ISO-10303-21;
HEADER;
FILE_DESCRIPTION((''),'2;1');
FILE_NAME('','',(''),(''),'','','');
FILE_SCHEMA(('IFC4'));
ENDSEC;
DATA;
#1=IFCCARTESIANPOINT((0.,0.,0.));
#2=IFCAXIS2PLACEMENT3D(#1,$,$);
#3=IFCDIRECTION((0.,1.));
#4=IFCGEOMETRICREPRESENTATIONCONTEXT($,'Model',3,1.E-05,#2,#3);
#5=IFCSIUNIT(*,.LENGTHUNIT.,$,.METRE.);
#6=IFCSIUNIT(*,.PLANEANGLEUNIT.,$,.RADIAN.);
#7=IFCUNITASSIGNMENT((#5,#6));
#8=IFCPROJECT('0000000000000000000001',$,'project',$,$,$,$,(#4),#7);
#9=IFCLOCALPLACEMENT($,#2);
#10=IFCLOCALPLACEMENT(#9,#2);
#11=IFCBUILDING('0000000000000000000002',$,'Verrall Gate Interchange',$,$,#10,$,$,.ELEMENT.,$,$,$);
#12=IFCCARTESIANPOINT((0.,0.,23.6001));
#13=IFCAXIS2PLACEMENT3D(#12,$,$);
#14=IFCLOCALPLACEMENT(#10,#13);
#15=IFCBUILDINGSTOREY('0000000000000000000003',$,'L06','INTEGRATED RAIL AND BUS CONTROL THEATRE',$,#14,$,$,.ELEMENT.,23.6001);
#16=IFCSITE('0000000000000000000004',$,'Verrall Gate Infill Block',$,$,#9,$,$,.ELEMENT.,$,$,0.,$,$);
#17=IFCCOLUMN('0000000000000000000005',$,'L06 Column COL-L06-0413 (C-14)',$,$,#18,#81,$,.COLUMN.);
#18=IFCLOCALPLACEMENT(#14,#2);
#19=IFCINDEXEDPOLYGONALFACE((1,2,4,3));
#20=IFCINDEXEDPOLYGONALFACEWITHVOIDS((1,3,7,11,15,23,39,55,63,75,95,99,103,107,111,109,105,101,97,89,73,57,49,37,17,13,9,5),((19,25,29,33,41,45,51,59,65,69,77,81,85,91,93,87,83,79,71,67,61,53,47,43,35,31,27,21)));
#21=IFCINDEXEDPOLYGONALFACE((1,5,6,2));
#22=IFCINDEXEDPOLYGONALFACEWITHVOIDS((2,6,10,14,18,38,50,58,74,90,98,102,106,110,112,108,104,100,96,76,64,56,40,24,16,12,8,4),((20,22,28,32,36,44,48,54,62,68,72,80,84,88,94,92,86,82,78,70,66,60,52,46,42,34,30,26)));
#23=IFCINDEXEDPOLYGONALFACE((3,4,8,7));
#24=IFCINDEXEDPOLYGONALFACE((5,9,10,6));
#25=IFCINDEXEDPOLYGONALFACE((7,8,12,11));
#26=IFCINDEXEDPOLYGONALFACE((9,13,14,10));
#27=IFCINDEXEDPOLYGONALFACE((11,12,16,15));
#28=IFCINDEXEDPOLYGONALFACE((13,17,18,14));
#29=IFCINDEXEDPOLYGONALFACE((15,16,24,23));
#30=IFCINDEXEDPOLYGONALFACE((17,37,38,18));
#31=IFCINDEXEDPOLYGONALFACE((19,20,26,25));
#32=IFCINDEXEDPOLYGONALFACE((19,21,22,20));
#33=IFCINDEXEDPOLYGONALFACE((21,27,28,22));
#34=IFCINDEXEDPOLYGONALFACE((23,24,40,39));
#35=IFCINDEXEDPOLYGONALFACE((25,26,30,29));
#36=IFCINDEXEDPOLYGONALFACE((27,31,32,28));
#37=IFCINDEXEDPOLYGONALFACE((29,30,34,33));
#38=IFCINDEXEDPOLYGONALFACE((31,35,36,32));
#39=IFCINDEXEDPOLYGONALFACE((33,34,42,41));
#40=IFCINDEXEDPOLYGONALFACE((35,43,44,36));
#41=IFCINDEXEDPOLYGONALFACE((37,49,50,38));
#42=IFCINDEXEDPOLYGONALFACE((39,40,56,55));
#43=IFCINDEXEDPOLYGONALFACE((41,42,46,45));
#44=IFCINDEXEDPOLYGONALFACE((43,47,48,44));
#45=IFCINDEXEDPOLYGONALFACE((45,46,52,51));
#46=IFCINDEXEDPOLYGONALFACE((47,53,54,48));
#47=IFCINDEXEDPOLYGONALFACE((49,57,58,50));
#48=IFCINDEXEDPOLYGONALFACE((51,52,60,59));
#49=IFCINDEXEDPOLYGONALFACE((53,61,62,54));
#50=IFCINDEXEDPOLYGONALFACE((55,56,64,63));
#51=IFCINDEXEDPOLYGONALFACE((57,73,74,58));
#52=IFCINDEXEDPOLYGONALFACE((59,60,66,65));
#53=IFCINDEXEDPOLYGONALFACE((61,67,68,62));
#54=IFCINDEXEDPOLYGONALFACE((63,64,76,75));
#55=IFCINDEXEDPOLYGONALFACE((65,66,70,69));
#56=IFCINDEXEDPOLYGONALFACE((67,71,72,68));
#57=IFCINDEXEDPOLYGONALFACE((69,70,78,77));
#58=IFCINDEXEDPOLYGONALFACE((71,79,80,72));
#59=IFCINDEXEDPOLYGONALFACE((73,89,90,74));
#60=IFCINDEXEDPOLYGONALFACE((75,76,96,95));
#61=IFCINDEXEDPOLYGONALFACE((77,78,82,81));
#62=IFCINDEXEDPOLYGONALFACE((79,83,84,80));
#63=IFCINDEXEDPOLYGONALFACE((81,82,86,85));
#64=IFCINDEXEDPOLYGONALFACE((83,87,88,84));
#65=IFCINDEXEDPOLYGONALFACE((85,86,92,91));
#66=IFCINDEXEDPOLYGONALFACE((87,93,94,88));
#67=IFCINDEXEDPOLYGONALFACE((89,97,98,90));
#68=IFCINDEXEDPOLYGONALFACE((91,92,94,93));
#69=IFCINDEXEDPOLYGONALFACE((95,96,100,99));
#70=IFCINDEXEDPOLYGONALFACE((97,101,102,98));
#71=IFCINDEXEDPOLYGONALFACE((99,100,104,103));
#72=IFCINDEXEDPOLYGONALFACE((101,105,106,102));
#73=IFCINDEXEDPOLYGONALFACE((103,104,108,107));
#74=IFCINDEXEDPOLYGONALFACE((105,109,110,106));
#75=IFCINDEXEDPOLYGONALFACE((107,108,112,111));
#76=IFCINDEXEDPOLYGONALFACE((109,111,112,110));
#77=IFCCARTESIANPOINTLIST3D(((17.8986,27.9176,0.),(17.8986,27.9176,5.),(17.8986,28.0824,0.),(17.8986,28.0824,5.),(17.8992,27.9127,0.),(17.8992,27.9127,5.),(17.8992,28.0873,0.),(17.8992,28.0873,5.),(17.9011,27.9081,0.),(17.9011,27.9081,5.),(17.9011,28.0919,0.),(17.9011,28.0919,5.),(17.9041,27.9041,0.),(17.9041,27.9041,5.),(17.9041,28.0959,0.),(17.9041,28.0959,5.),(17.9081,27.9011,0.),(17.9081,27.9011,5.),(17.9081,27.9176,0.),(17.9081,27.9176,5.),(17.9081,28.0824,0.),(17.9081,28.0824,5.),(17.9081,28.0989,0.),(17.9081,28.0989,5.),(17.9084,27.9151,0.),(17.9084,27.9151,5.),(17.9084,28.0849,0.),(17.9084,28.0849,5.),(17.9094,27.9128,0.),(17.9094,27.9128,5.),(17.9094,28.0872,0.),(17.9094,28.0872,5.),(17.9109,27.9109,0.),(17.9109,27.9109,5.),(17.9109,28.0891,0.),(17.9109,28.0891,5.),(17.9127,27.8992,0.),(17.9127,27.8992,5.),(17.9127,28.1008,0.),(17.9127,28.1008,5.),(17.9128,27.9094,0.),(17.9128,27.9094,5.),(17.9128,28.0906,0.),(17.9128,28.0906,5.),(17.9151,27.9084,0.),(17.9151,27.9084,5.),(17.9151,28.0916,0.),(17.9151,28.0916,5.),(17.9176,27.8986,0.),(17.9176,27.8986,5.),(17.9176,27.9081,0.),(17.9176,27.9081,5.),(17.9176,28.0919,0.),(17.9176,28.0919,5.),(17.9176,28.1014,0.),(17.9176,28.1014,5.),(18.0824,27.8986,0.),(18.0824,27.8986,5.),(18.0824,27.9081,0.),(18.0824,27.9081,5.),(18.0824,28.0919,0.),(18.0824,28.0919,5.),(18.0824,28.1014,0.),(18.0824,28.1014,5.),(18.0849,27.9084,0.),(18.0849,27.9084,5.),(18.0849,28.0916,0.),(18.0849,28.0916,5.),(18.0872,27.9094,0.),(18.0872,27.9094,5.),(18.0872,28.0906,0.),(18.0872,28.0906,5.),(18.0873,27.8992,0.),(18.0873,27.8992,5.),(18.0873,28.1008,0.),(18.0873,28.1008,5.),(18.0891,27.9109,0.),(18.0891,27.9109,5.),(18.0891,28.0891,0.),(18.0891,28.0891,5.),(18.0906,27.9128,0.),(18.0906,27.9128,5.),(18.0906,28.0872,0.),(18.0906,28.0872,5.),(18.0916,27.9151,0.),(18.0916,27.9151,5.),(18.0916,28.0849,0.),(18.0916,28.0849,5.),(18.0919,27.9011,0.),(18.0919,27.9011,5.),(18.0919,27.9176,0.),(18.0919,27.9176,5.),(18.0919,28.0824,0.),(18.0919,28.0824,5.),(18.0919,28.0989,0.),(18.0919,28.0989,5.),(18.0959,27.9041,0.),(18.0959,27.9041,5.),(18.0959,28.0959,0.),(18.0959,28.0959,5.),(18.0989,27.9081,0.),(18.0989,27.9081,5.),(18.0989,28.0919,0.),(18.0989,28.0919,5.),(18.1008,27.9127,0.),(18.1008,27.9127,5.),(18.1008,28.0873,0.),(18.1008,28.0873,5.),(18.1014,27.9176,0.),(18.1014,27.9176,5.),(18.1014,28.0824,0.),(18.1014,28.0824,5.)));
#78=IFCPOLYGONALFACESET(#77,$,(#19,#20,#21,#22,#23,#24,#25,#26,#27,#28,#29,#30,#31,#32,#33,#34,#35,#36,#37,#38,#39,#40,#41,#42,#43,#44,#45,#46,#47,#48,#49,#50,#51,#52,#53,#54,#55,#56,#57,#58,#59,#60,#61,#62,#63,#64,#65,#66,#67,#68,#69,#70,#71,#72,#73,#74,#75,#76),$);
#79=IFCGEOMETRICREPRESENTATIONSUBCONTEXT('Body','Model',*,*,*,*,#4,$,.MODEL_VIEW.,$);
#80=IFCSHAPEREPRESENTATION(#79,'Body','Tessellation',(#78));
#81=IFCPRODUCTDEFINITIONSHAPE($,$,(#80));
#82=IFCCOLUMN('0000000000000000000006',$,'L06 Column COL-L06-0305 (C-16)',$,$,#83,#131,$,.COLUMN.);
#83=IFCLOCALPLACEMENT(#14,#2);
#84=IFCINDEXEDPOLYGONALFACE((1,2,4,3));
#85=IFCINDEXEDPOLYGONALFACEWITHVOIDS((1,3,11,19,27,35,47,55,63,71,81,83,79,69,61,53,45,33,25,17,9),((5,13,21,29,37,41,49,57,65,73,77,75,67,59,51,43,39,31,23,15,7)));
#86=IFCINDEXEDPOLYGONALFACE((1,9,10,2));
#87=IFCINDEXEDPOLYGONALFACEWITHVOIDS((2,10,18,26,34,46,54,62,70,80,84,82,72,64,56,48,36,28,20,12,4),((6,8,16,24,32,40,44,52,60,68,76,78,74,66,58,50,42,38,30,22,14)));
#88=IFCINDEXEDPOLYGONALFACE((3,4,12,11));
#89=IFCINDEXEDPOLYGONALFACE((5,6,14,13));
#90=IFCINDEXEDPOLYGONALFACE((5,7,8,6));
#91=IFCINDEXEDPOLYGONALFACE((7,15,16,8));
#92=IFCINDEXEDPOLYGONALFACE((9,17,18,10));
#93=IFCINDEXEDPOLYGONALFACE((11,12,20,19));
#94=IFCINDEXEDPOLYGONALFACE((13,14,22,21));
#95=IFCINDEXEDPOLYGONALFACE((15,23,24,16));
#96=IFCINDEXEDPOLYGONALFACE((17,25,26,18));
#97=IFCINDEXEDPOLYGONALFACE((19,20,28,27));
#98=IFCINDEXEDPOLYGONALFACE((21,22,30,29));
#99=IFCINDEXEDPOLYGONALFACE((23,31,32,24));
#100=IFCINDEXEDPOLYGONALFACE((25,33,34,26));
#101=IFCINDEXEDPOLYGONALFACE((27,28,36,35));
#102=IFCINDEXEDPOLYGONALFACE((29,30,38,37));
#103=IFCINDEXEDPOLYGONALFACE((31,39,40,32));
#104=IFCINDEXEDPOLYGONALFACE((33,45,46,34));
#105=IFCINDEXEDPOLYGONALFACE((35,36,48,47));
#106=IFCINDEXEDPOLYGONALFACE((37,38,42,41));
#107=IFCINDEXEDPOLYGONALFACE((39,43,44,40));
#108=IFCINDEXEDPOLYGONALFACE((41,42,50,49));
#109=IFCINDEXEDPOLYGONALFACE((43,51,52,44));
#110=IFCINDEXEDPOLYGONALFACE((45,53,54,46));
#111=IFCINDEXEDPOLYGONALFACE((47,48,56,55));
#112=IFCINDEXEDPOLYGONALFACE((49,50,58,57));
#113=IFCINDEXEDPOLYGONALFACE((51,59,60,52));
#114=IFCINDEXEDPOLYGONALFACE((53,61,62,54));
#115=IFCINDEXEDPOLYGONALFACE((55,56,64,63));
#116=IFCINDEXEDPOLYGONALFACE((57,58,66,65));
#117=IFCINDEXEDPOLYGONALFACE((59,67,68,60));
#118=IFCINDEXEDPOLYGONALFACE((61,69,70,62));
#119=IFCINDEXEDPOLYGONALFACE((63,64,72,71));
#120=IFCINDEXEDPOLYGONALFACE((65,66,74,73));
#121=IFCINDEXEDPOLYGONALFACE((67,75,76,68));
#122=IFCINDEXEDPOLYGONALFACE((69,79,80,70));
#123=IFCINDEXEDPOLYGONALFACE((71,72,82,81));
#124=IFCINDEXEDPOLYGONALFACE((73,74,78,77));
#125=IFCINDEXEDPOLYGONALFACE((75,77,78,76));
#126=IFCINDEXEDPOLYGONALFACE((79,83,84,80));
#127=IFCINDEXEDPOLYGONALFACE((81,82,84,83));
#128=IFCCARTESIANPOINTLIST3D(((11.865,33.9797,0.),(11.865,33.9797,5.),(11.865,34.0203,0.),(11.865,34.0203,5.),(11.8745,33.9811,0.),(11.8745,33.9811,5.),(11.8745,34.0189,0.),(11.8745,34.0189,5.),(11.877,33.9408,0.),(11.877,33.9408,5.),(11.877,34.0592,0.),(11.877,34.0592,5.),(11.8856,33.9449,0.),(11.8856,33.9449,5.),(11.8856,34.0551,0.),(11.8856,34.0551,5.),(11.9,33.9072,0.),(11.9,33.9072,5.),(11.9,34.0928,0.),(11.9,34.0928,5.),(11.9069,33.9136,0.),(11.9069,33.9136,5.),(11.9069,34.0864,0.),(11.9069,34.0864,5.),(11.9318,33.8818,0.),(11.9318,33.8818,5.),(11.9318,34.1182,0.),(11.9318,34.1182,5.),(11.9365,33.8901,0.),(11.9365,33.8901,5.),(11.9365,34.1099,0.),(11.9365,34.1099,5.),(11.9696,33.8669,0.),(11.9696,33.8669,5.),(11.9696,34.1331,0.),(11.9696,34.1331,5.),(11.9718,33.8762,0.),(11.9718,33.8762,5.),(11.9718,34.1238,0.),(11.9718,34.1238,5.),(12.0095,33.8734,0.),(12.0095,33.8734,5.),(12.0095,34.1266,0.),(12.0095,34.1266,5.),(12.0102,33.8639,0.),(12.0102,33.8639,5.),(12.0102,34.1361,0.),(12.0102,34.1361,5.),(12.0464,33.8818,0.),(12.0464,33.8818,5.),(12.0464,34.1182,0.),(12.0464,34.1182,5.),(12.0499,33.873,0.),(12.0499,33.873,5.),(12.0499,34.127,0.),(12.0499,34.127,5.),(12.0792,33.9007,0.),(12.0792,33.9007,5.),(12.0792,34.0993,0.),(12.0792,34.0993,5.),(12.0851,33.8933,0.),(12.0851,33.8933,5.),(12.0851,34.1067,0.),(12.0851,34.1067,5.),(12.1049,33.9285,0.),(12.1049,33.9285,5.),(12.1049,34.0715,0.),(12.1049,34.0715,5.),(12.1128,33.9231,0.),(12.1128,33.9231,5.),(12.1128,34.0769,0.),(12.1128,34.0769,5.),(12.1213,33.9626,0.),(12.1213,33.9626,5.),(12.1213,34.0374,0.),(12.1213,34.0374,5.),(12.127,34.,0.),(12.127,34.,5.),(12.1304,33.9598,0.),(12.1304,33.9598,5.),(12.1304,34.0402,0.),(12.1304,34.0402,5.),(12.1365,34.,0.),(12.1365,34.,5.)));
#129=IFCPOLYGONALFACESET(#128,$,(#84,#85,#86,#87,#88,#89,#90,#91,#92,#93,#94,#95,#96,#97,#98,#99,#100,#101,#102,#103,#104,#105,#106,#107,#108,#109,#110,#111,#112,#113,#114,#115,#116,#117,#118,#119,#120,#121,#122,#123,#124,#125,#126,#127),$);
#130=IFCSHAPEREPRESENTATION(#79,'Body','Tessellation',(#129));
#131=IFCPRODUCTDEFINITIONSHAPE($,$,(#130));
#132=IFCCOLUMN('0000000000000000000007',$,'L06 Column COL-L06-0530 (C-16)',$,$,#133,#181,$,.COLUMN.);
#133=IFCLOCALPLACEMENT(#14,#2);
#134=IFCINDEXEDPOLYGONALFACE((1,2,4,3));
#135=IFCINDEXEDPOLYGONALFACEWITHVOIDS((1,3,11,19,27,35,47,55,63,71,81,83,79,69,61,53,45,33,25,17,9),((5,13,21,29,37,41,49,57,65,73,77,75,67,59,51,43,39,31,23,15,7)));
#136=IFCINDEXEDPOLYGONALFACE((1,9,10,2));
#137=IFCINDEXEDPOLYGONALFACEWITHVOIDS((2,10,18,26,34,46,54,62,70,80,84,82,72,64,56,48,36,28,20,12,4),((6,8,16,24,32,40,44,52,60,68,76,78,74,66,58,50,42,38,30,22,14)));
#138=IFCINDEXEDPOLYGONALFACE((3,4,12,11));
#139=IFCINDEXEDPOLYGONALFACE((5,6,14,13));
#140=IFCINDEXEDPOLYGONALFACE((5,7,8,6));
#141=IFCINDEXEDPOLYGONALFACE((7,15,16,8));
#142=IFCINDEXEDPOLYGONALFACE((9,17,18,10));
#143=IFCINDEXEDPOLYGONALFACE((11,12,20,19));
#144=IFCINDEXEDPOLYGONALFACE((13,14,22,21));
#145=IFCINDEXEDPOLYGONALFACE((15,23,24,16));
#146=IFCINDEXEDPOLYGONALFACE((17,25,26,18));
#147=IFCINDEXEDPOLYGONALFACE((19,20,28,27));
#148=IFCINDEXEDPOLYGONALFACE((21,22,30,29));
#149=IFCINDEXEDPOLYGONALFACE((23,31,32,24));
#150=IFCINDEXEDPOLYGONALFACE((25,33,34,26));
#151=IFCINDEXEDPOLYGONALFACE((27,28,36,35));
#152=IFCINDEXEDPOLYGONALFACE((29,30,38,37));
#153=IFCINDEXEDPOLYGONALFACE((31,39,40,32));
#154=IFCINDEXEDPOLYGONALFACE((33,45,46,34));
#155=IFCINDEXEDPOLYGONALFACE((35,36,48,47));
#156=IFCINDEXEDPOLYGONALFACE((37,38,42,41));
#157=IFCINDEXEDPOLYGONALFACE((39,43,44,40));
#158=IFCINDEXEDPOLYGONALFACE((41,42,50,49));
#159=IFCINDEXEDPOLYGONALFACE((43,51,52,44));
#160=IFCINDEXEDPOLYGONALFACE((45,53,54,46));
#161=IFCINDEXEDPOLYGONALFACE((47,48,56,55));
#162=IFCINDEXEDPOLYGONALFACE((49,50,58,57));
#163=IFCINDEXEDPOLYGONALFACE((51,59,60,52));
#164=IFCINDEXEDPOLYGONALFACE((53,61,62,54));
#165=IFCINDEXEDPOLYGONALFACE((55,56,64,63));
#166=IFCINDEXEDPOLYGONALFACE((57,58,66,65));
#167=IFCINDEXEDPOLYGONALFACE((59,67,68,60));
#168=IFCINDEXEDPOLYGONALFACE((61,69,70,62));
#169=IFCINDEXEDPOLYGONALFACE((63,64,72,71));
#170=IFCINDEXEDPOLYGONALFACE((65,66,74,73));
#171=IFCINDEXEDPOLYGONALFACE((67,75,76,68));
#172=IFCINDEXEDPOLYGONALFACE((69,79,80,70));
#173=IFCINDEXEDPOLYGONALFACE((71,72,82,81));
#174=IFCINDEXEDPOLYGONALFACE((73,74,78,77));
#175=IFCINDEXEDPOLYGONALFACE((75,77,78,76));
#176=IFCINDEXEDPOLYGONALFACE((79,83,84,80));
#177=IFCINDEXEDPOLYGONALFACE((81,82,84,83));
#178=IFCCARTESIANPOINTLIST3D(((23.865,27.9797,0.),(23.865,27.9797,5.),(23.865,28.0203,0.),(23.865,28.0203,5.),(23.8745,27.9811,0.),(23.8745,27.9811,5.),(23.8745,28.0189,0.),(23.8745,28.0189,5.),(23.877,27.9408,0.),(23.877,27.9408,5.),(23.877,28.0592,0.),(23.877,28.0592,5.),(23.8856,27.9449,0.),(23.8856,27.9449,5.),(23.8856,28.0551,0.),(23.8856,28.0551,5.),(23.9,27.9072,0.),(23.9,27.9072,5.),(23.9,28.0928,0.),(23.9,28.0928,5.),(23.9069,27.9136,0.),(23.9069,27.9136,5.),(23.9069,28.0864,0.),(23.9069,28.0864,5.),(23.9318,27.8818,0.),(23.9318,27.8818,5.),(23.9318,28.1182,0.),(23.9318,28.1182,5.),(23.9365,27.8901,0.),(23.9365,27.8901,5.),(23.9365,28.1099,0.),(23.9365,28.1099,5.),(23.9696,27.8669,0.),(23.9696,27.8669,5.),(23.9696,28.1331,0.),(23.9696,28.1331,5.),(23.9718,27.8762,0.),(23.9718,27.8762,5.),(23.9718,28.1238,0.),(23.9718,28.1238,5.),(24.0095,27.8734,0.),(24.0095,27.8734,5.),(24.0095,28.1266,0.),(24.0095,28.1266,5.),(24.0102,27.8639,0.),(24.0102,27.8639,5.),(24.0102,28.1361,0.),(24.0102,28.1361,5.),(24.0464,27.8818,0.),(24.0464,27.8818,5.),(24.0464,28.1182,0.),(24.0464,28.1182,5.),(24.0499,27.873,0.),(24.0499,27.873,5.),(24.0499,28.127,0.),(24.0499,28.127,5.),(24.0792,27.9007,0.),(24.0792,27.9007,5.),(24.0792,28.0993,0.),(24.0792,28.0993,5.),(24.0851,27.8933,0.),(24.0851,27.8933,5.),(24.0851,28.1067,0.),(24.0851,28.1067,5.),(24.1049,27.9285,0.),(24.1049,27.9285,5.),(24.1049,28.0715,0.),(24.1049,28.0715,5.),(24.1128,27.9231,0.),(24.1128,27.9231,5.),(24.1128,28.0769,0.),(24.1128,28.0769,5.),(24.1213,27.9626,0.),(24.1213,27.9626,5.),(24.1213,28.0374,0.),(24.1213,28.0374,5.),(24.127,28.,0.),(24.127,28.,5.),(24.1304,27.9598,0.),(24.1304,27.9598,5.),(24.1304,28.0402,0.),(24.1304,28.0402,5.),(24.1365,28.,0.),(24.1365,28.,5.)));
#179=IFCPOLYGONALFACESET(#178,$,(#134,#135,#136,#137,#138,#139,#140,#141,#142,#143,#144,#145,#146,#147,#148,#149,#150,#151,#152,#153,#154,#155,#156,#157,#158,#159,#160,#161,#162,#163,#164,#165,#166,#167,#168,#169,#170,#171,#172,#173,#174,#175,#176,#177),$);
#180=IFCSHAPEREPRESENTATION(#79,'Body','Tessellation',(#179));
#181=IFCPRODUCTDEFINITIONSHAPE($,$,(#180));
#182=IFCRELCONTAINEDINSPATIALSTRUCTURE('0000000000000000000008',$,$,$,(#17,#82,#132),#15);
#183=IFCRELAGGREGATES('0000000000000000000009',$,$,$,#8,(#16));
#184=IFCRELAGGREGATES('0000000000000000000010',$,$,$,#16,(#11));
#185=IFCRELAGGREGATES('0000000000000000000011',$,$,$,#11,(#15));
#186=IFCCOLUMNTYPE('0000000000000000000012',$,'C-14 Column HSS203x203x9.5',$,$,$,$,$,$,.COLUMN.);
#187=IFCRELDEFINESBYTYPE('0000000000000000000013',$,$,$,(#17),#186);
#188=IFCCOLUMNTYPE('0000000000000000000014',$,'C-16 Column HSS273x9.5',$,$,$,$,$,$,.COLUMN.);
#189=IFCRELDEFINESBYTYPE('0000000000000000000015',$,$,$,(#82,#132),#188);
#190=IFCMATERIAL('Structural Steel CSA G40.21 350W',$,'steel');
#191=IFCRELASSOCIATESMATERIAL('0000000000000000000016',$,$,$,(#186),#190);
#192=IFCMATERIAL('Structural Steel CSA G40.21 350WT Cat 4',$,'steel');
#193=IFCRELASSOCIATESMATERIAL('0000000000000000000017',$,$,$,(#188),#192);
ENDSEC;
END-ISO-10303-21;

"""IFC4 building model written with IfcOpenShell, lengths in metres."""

from ifc_helpers import new_model, si_unit, direction, frame, origin, origin_2d, place, context, subcontext, project, spatial, hollow_rectangle, hollow_circle, extrude, material, material_profile, profile_set, type_object, element, save


model = new_model("IFC4")

# Units and contexts
model_context = context("Model", 3, precision=1e-05, world=origin(), true_north=direction((0.0, 1.0)))
body_context = subcontext(model_context, "Body", "Model", "MODEL_VIEW")
ifc_project = project(units=[si_unit("LENGTHUNIT", "METRE"), si_unit("PLANEANGLEUNIT", "RADIAN")], contexts=[model_context])

# Site, building, storey
site_placement = place(None, origin())
site = spatial("IfcSite", under=ifc_project, at=site_placement, Name="Verrall Gate Infill Block", CompositionType="ELEMENT", RefElevation=0.0)
building_placement = place(site_placement, origin())
building = spatial("IfcBuilding", under=site, at=building_placement, Name="Verrall Gate Interchange", CompositionType="ELEMENT")
storey_placement = place(building_placement, frame((0.0, 0.0, 23.6001)))
storey = spatial("IfcBuildingStorey", under=building, at=storey_placement, Name="L06", Description="INTEGRATED RAIL AND BUS CONTROL THEATRE", CompositionType="ELEMENT", Elevation=23.6001)

# Columns
ifc_material_1 = material(Name="Structural Steel CSA G40.21 350W", Category="steel")
ifc_material_profile_1 = material_profile(ifc_material_1, hollow_rectangle(XDim=0.2029, YDim=0.2029, WallThickness=0.0095, InnerFilletRadius=0.0095, OuterFilletRadius=0.019, at=origin_2d()), Name="HSS203x203x9.5")
ifc_profile_set_1 = profile_set([ifc_material_profile_1], Name="Structural Steel CSA G40.21 350W")
column_type_1 = type_object("IfcColumnType", Name="C-14 Column HSS203x203x9.5", PredefinedType="COLUMN", material=ifc_profile_set_1)
column_placement = place(storey_placement, frame((18.0, 28.0, 0.0), z_axis=(0.0, 0.0, 1.0), x_axis=(1.0, 0.0, 0.0)))
element("IfcColumn", 1, at=column_placement, inside=storey, type_object=column_type_1, Name="L06 Column COL-L06-0413 (C-14)", PredefinedType="COLUMN", context=body_context, shape_type="SweptSolid", body=[
    extrude(hollow_rectangle(XDim=0.2029, YDim=0.2029, WallThickness=0.0095, InnerFilletRadius=0.0095, OuterFilletRadius=0.019, at=origin_2d()), origin(), (0.0, 0.0, 1.0), 5.0),
])
ifc_material_2 = material(Name="Structural Steel CSA G40.21 350WT Cat 4", Category="steel")
ifc_material_profile_2 = material_profile(ifc_material_2, hollow_circle(Radius=0.1365, WallThickness=0.0095, at=origin_2d()), Name="HSS273x9.5")
ifc_profile_set_2 = profile_set([ifc_material_profile_2], Name="Structural Steel CSA G40.21 350WT Cat 4")
column_type_2 = type_object("IfcColumnType", Name="C-16 Column HSS273x9.5", PredefinedType="COLUMN", material=ifc_profile_set_2)
for number, where, z_axis, x_axis, name in (
    (2, (12.0, 34.0, 0.0), (0.0, 0.0, 1.0), (1.0, 0.0, 0.0), "L06 Column COL-L06-0305 (C-16)"),
    (3, (24.0, 28.0, 0.0), (0.0, 0.0, 1.0), (1.0, 0.0, 0.0), "L06 Column COL-L06-0530 (C-16)"),
):
    element("IfcColumn", number, at=place(storey_placement, frame(where, z_axis=z_axis, x_axis=x_axis)), inside=storey, type_object=column_type_2, Name=name, PredefinedType="COLUMN", context=body_context, shape_type="SweptSolid", body=[
        extrude(hollow_circle(Radius=0.1365, WallThickness=0.0095, at=origin_2d()), origin(), (0.0, 0.0, 1.0), 5.0),
    ])

save(model, "model.ifc")
